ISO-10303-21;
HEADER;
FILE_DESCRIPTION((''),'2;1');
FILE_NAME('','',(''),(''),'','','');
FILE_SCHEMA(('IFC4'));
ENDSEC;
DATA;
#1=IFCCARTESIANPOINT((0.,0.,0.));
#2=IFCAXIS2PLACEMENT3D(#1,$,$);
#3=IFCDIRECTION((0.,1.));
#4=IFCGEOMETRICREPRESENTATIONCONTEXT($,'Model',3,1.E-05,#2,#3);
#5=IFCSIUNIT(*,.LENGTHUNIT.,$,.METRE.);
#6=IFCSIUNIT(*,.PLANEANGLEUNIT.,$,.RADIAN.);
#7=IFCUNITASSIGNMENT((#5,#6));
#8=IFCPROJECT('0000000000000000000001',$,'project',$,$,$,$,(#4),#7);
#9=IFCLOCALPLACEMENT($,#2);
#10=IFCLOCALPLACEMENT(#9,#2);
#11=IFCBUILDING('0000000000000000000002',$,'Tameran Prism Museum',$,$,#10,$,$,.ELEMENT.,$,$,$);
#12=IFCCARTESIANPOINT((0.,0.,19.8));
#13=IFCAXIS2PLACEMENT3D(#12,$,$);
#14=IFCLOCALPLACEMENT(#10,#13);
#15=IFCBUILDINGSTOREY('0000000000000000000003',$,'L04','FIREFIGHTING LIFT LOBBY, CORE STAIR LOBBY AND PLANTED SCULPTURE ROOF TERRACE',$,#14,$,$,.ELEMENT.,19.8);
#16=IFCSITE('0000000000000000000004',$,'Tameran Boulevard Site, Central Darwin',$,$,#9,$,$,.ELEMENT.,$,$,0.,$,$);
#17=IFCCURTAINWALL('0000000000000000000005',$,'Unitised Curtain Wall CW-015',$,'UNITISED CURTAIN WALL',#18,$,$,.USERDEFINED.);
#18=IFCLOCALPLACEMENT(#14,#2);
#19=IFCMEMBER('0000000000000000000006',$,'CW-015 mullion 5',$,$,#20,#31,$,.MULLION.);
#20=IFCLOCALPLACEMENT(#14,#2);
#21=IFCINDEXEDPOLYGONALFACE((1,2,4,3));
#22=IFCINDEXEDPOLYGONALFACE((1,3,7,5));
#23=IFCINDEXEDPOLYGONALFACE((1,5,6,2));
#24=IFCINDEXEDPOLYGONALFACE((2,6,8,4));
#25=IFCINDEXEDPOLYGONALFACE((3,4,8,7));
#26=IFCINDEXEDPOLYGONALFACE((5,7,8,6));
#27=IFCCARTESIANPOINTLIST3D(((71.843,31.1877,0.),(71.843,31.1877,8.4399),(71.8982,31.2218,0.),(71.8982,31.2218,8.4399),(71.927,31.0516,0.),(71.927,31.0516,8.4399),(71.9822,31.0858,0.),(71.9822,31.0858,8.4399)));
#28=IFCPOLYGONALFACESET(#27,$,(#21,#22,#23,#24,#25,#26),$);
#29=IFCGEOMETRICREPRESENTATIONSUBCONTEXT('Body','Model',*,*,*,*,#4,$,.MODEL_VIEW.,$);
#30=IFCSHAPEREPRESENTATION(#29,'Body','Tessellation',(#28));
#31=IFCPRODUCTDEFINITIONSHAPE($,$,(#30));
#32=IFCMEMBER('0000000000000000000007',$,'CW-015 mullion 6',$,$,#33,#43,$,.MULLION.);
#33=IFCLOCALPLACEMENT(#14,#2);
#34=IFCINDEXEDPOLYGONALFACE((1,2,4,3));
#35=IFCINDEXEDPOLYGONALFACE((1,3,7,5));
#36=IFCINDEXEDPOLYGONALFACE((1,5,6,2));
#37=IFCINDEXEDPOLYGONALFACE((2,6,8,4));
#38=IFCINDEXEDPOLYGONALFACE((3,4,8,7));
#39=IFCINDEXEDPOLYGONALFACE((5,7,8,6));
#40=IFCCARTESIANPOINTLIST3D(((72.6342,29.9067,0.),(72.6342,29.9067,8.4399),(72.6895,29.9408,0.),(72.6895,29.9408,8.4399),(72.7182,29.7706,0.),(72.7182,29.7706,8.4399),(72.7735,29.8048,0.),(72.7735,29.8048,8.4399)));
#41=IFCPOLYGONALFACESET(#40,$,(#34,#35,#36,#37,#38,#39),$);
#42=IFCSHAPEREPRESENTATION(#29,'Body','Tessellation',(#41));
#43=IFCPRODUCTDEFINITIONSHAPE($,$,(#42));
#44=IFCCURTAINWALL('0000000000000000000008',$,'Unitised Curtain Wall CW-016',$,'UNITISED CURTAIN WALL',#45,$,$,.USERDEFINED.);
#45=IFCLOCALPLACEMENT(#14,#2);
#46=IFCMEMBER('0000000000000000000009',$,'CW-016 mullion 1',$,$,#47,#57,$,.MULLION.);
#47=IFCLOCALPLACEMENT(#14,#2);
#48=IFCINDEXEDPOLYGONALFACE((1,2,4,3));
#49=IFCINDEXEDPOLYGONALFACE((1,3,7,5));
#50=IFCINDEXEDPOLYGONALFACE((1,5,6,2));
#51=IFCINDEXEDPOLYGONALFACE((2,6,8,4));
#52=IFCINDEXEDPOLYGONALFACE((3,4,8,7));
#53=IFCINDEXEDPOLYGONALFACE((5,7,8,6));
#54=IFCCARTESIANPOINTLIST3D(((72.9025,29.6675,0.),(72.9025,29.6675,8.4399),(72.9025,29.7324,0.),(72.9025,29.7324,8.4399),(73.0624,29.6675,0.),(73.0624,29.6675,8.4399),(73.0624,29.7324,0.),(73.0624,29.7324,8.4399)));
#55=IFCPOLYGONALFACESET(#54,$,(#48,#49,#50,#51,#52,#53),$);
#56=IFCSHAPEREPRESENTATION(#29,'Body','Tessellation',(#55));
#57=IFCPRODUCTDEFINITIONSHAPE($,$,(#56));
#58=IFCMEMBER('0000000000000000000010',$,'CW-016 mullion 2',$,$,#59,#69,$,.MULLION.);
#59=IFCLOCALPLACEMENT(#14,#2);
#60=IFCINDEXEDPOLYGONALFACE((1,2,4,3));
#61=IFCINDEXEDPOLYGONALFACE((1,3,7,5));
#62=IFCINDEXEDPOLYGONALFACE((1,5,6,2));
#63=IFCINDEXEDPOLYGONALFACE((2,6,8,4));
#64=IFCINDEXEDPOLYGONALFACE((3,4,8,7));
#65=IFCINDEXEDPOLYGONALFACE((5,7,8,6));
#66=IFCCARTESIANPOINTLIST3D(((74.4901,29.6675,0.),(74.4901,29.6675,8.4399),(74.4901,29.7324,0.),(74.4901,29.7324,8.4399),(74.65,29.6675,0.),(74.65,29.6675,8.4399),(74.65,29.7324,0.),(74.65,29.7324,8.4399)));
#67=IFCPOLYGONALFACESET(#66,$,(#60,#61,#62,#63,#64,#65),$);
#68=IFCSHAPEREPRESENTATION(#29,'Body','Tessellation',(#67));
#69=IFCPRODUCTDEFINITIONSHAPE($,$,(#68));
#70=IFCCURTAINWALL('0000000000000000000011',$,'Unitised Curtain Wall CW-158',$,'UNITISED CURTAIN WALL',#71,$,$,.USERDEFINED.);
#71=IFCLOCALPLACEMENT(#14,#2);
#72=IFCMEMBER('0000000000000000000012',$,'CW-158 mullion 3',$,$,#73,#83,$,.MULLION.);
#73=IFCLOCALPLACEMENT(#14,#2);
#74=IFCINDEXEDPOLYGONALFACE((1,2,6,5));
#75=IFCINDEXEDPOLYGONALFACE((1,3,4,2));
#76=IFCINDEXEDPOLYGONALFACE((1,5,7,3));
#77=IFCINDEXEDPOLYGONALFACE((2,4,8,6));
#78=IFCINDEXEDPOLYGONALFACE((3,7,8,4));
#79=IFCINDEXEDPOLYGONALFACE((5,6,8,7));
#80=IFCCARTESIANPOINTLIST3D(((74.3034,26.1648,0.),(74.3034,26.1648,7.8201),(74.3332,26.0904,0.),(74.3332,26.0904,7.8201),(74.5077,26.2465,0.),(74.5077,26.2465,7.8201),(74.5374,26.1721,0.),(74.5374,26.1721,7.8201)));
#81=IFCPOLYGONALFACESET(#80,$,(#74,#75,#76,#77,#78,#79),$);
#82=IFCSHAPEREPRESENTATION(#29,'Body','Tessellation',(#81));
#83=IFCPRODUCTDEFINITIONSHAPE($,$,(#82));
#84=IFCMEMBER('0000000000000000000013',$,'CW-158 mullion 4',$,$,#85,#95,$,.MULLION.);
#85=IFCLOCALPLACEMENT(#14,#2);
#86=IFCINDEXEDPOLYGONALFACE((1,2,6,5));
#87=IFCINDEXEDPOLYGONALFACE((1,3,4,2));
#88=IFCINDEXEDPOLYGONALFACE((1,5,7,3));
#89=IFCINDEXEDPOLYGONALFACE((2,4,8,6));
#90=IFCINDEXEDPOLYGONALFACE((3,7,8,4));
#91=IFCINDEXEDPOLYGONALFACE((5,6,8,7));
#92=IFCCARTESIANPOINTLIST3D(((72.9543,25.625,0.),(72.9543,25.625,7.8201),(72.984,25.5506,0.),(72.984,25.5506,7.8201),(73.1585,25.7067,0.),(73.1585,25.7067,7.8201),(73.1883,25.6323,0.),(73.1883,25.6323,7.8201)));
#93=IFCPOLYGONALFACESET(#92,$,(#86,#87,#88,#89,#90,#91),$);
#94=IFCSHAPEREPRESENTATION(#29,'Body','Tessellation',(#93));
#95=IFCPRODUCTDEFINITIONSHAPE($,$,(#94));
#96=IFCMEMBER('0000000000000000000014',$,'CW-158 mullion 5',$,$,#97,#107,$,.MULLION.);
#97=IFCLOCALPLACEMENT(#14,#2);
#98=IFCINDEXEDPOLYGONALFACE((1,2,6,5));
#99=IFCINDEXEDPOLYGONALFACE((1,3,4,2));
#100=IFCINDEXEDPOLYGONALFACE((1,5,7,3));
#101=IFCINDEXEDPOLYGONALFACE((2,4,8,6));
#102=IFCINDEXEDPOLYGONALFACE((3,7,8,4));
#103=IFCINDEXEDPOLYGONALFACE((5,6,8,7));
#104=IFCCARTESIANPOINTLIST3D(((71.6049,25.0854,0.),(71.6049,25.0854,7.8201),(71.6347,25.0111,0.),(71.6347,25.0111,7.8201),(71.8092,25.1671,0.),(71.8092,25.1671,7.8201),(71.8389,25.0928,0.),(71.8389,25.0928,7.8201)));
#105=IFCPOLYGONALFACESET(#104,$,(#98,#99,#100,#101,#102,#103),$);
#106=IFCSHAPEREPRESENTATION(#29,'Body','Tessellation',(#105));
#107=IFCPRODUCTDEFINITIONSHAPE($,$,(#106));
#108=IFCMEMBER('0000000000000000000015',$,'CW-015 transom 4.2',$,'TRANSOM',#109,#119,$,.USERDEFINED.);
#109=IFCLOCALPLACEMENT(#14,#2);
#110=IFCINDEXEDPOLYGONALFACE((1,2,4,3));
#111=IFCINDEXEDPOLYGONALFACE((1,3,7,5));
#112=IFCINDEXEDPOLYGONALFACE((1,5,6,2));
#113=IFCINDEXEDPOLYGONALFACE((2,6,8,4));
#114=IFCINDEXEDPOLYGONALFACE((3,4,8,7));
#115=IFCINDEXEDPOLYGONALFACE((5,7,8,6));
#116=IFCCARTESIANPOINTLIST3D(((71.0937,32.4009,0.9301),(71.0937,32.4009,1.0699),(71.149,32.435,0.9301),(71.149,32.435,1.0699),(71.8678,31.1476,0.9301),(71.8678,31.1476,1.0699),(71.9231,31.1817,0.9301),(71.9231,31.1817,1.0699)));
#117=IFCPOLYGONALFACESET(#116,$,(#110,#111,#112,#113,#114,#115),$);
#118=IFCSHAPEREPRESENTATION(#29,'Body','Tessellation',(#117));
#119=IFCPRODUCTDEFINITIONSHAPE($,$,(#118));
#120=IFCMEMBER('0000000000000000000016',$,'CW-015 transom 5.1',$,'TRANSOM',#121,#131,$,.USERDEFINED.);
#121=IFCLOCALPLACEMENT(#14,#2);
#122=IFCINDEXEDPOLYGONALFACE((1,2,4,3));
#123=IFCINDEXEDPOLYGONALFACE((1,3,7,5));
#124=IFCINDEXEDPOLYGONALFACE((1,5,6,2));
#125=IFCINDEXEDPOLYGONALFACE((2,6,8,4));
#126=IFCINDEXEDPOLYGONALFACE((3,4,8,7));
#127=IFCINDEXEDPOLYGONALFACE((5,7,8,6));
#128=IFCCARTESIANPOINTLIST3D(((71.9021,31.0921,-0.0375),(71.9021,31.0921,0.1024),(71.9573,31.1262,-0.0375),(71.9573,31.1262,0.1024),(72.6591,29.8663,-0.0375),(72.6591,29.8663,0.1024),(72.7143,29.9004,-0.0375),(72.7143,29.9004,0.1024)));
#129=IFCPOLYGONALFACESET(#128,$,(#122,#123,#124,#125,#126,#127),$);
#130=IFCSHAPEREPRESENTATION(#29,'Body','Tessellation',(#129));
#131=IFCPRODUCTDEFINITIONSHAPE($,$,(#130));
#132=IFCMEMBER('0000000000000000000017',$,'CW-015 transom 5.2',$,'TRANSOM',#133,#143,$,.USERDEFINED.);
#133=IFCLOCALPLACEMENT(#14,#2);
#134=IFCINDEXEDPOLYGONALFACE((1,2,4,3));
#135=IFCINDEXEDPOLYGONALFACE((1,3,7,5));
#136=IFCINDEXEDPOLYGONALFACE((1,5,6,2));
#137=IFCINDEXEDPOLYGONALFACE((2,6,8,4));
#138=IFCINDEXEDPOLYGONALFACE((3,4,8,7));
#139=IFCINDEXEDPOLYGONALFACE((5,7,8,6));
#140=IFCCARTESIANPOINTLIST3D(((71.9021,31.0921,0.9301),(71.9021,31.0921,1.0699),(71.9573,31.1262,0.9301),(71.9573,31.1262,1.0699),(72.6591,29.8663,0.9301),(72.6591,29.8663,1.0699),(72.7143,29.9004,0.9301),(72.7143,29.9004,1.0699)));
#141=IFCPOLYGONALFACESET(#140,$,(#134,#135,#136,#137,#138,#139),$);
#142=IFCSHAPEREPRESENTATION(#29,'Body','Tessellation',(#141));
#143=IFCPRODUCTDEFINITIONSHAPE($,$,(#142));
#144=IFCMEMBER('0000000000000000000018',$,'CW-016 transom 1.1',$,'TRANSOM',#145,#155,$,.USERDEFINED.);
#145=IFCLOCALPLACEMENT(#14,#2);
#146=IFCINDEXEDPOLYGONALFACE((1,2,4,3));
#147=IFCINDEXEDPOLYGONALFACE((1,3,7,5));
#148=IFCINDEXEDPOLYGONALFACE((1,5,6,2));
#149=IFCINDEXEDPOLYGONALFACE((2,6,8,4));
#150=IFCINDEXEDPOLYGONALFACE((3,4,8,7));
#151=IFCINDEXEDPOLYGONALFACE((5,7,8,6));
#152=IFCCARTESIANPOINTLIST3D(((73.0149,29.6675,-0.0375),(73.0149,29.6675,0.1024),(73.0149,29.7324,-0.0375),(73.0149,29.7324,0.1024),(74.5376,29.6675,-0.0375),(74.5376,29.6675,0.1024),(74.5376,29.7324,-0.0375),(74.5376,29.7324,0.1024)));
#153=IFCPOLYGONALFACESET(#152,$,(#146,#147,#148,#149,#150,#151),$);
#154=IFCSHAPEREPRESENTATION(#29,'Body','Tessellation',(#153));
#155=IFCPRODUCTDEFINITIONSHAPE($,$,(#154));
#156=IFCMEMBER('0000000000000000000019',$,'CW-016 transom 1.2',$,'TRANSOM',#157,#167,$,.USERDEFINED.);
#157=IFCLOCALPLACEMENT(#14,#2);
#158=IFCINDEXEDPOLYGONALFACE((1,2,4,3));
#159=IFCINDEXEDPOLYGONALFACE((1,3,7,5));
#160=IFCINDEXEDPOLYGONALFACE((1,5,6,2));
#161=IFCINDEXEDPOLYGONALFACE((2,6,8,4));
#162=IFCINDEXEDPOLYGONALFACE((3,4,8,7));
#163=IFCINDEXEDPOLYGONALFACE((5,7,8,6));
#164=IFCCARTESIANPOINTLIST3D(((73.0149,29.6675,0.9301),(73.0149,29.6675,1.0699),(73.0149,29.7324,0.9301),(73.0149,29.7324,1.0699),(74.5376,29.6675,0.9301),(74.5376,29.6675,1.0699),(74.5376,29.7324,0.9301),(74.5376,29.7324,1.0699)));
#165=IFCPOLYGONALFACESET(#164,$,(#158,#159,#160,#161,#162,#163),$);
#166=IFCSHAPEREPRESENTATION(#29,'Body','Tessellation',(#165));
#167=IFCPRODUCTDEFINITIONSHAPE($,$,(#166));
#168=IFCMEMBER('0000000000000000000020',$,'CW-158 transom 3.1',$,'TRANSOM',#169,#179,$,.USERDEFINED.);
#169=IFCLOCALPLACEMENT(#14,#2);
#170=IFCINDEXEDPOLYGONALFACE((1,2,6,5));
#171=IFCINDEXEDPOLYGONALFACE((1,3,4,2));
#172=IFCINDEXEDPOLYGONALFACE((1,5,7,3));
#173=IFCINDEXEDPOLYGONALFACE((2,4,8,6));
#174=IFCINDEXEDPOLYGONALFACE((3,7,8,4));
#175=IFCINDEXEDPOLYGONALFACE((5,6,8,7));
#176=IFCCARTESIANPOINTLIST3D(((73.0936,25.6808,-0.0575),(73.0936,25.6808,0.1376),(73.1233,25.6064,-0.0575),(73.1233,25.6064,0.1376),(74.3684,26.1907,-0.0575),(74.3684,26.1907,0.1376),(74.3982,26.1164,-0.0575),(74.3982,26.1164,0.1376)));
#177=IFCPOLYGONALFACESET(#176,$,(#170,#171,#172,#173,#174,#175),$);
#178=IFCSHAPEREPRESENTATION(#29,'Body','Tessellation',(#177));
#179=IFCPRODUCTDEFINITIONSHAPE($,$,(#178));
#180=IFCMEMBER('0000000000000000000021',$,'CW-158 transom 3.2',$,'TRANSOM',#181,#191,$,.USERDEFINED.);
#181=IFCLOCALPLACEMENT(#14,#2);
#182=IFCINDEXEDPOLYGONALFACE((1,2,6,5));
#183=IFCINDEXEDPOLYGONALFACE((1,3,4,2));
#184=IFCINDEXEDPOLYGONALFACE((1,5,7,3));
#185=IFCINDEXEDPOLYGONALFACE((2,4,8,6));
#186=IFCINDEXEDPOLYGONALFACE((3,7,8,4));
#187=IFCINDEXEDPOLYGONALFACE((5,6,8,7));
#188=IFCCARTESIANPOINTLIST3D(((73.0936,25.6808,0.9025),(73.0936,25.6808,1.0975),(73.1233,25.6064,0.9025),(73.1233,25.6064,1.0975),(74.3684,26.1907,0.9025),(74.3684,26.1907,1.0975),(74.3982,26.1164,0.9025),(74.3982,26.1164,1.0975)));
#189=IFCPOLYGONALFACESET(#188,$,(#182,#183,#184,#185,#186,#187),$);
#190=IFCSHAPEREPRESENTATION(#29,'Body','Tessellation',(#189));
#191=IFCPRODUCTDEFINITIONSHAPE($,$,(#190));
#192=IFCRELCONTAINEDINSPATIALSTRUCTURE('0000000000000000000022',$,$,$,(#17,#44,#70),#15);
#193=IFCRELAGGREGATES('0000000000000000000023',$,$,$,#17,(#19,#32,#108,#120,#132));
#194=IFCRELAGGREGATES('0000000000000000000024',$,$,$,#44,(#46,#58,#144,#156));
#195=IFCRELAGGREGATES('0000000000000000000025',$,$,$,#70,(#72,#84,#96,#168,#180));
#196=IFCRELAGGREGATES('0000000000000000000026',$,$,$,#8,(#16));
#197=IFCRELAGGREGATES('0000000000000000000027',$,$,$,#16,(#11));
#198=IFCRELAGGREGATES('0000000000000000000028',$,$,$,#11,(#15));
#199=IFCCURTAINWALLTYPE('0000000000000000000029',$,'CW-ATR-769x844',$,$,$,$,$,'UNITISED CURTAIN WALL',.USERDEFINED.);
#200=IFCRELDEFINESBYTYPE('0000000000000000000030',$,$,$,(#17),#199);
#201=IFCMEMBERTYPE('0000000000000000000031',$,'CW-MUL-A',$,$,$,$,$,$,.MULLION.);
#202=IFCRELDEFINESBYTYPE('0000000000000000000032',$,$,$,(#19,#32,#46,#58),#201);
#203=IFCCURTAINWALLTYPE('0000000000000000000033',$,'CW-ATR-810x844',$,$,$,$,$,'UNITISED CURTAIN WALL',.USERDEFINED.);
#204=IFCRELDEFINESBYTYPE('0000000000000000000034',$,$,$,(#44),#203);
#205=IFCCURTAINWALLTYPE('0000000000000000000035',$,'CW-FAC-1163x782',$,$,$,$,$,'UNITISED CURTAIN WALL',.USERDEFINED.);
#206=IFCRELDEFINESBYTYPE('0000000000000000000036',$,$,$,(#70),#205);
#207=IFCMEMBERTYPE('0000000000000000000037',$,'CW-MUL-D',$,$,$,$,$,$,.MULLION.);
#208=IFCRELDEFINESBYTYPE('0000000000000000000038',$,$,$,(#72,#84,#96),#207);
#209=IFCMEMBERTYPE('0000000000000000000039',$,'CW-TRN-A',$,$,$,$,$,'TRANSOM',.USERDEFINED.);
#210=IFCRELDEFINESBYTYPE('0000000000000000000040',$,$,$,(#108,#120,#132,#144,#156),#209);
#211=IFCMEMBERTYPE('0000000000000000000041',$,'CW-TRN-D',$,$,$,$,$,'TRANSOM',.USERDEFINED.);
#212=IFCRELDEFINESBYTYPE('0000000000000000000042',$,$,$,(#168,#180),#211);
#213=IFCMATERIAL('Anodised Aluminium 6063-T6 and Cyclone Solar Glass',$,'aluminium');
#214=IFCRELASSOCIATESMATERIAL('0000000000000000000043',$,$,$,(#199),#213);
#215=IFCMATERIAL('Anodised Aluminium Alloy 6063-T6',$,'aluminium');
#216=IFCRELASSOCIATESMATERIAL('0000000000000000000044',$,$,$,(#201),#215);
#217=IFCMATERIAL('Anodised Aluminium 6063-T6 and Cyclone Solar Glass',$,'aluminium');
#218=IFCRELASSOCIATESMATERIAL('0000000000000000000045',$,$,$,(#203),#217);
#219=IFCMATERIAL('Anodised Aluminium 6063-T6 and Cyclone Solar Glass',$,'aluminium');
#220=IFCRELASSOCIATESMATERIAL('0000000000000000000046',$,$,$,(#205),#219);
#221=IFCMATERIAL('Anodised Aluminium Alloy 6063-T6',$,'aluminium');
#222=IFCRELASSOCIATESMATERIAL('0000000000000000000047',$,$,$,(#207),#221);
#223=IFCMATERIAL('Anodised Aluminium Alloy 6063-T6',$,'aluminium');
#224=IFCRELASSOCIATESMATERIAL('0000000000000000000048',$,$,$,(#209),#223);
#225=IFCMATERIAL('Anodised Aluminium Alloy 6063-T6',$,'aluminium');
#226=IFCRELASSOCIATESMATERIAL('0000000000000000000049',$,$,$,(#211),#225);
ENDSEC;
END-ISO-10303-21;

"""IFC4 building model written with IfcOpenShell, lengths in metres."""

from ifc_helpers import new_model, si_unit, direction, frame, origin, origin_2d, place, context, subcontext, project, spatial, rectangle, extrude, material, material_profile, profile_set, type_object, element, aggregate, save


model = new_model("IFC4")

# Units and contexts
model_context = context("Model", 3, precision=1e-05, world=origin(), true_north=direction((0.0, 1.0)))
body_context = subcontext(model_context, "Body", "Model", "MODEL_VIEW")
ifc_project = project(units=[si_unit("LENGTHUNIT", "METRE"), si_unit("PLANEANGLEUNIT", "RADIAN")], contexts=[model_context])

# Site, building, storey
site_placement = place(None, origin())
site = spatial("IfcSite", under=ifc_project, at=site_placement, Name="Tameran Boulevard Site, Central Darwin", CompositionType="ELEMENT", RefElevation=0.0)
building_placement = place(site_placement, origin())
building = spatial("IfcBuilding", under=site, at=building_placement, Name="Tameran Prism Museum", CompositionType="ELEMENT")
storey_placement = place(building_placement, frame((0.0, 0.0, 19.8)))
storey = spatial("IfcBuildingStorey", under=building, at=storey_placement, Name="L04", Description="FIREFIGHTING LIFT LOBBY, CORE STAIR LOBBY AND PLANTED SCULPTURE ROOF TERRACE", CompositionType="ELEMENT", Elevation=19.8)

# Curtain walls, members
ifc_material_1 = material(Name="Anodised Aluminium 6063-T6 and Cyclone Solar Glass", Category="aluminium")
curtain_wall_type_1 = type_object("IfcCurtainWallType", Name="CW-ATR-769x844", ElementType="UNITISED CURTAIN WALL", PredefinedType="USERDEFINED", material=ifc_material_1)
curtain_wall_1_placement = place(storey_placement, origin())
curtain_wall_1 = element("IfcCurtainWall", 1, at=curtain_wall_1_placement, inside=storey, type_object=curtain_wall_type_1, Name="Unitised Curtain Wall CW-015", ObjectType="UNITISED CURTAIN WALL", PredefinedType="USERDEFINED")
ifc_material_2 = material(Name="Anodised Aluminium Alloy 6063-T6", Category="aluminium")
ifc_material_profile_1 = material_profile(ifc_material_2, rectangle(XDim=0.0649, YDim=0.1599, at=origin_2d()))
ifc_profile_set_1 = profile_set([ifc_material_profile_1])
member_type_1 = type_object("IfcMemberType", Name="CW-MUL-A", PredefinedType="MULLION", material=ifc_profile_set_1)
member_1_placement = place(storey_placement, frame((71.9126, 31.1367, 0.0), z_axis=(0.0, 0.0, 1.0), x_axis=(0.850791, 0.525504, 0.0)))
member_1 = element("IfcMember", 2, at=member_1_placement, type_object=member_type_1, Name="CW-015 mullion 5", PredefinedType="MULLION", context=body_context, shape_type="SweptSolid", body=[
    extrude(rectangle(XDim=0.0649, YDim=0.1599, at=origin_2d()), origin(), (0.0, 0.0, 1.0), 8.4399),
])
member_2_placement = place(storey_placement, frame((72.7039, 29.8557, 0.0), z_axis=(0.0, 0.0, 1.0), x_axis=(0.850791, 0.525504, 0.0)))
member_2 = element("IfcMember", 3, at=member_2_placement, type_object=member_type_1, Name="CW-015 mullion 6", PredefinedType="MULLION", context=body_context, shape_type="SweptSolid", body=[
    extrude(rectangle(XDim=0.0649, YDim=0.1599, at=origin_2d()), origin(), (0.0, 0.0, 1.0), 8.4399),
])
ifc_material_3 = material(Name="Anodised Aluminium 6063-T6 and Cyclone Solar Glass", Category="aluminium")
curtain_wall_type_2 = type_object("IfcCurtainWallType", Name="CW-ATR-810x844", ElementType="UNITISED CURTAIN WALL", PredefinedType="USERDEFINED", material=ifc_material_3)
curtain_wall_2_placement = place(storey_placement, origin())
curtain_wall_2 = element("IfcCurtainWall", 4, at=curtain_wall_2_placement, inside=storey, type_object=curtain_wall_type_2, Name="Unitised Curtain Wall CW-016", ObjectType="UNITISED CURTAIN WALL", PredefinedType="USERDEFINED")
member_3_placement = place(storey_placement, frame((72.9824, 29.7, 0.0), z_axis=(0.0, 0.0, 1.0), x_axis=(0.0, 1.0, 0.0)))
member_3 = element("IfcMember", 5, at=member_3_placement, type_object=member_type_1, Name="CW-016 mullion 1", PredefinedType="MULLION", context=body_context, shape_type="SweptSolid", body=[
    extrude(rectangle(XDim=0.0649, YDim=0.1599, at=origin_2d()), origin(), (0.0, 0.0, 1.0), 8.4399),
])
member_4_placement = place(storey_placement, frame((74.5701, 29.7, 0.0), z_axis=(0.0, 0.0, 1.0), x_axis=(0.0, 1.0, 0.0)))
member_4 = element("IfcMember", 6, at=member_4_placement, type_object=member_type_1, Name="CW-016 mullion 2", PredefinedType="MULLION", context=body_context, shape_type="SweptSolid", body=[
    extrude(rectangle(XDim=0.0649, YDim=0.1599, at=origin_2d()), origin(), (0.0, 0.0, 1.0), 8.4399),
])
ifc_material_4 = material(Name="Anodised Aluminium 6063-T6 and Cyclone Solar Glass", Category="aluminium")
curtain_wall_type_3 = type_object("IfcCurtainWallType", Name="CW-FAC-1163x782", ElementType="UNITISED CURTAIN WALL", PredefinedType="USERDEFINED", material=ifc_material_4)
curtain_wall_3_placement = place(storey_placement, origin())
curtain_wall_3 = element("IfcCurtainWall", 7, at=curtain_wall_3_placement, inside=storey, type_object=curtain_wall_type_3, Name="Unitised Curtain Wall CW-158", ObjectType="UNITISED CURTAIN WALL", PredefinedType="USERDEFINED")
ifc_material_5 = material(Name="Anodised Aluminium Alloy 6063-T6", Category="aluminium")
ifc_material_profile_2 = material_profile(ifc_material_5, rectangle(XDim=0.0801, YDim=0.22, at=origin_2d()))
ifc_profile_set_2 = profile_set([ifc_material_profile_2])
member_type_2 = type_object("IfcMemberType", Name="CW-MUL-D", PredefinedType="MULLION", material=ifc_profile_set_2)
member_5_placement = place(storey_placement, frame((74.4204, 26.1685, 0.0), z_axis=(0.0, 0.0, 1.0), x_axis=(0.37142, -0.928465, 0.0)))
member_5 = element("IfcMember", 8, at=member_5_placement, type_object=member_type_2, Name="CW-158 mullion 3", PredefinedType="MULLION", context=body_context, shape_type="SweptSolid", body=[
    extrude(rectangle(XDim=0.0801, YDim=0.22, at=origin_2d()), origin(), (0.0, 0.0, 1.0), 7.8201),
])
member_6_placement = place(storey_placement, frame((73.0713, 25.6287, 0.0), z_axis=(0.0, 0.0, 1.0), x_axis=(0.37142, -0.928465, 0.0)))
member_6 = element("IfcMember", 9, at=member_6_placement, type_object=member_type_2, Name="CW-158 mullion 4", PredefinedType="MULLION", context=body_context, shape_type="SweptSolid", body=[
    extrude(rectangle(XDim=0.0801, YDim=0.22, at=origin_2d()), origin(), (0.0, 0.0, 1.0), 7.8201),
])
member_7_placement = place(storey_placement, frame((71.7219, 25.0891, 0.0), z_axis=(0.0, 0.0, 1.0), x_axis=(0.37142, -0.928465, 0.0)))
member_7 = element("IfcMember", 10, at=member_7_placement, type_object=member_type_2, Name="CW-158 mullion 5", PredefinedType="MULLION", context=body_context, shape_type="SweptSolid", body=[
    extrude(rectangle(XDim=0.0801, YDim=0.22, at=origin_2d()), origin(), (0.0, 0.0, 1.0), 7.8201),
])

# Members
ifc_material_6 = material(Name="Anodised Aluminium Alloy 6063-T6", Category="aluminium")
ifc_material_profile_3 = material_profile(ifc_material_6, rectangle(XDim=0.0649, YDim=0.1399, at=origin_2d()))
ifc_profile_set_3 = profile_set([ifc_material_profile_3])
member_type_3 = type_object("IfcMemberType", Name="CW-TRN-A", ElementType="TRANSOM", PredefinedType="USERDEFINED", material=ifc_profile_set_3)
member_8_placement = place(storey_placement, frame((71.1213, 32.418, 1.0), z_axis=(0.525493, -0.850798, 0.0), x_axis=(0.850798, 0.525493, 0.0)))
member_8 = element("IfcMember", 11, at=member_8_placement, type_object=member_type_3, Name="CW-015 transom 4.2", ObjectType="TRANSOM", PredefinedType="USERDEFINED", context=body_context, shape_type="SweptSolid", body=[
    extrude(rectangle(XDim=0.0649, YDim=0.1399, at=origin_2d()), origin(), (0.0, 0.0, 1.0), 1.4731),
])
member_9_placement = place(storey_placement, frame((71.9297, 31.1091, 0.0325), z_axis=(0.525468, -0.850814, 0.0), x_axis=(0.850814, 0.525468, 0.0)))
member_9 = element("IfcMember", 12, at=member_9_placement, type_object=member_type_3, Name="CW-015 transom 5.1", ObjectType="TRANSOM", PredefinedType="USERDEFINED", context=body_context, shape_type="SweptSolid", body=[
    extrude(rectangle(XDim=0.0649, YDim=0.1399, at=origin_2d()), origin(), (0.0, 0.0, 1.0), 1.4407),
])
member_10_placement = place(storey_placement, frame((71.9297, 31.1091, 1.0), z_axis=(0.525468, -0.850814, 0.0), x_axis=(0.850814, 0.525468, 0.0)))
member_10 = element("IfcMember", 13, at=member_10_placement, type_object=member_type_3, Name="CW-015 transom 5.2", ObjectType="TRANSOM", PredefinedType="USERDEFINED", context=body_context, shape_type="SweptSolid", body=[
    extrude(rectangle(XDim=0.0649, YDim=0.1399, at=origin_2d()), origin(), (0.0, 0.0, 1.0), 1.4407),
])
member_11_placement = place(storey_placement, frame((73.0149, 29.7, 0.0325), z_axis=(1.0, 0.0, 0.0), x_axis=(0.0, 1.0, 0.0)))
member_11 = element("IfcMember", 14, at=member_11_placement, type_object=member_type_3, Name="CW-016 transom 1.1", ObjectType="TRANSOM", PredefinedType="USERDEFINED", context=body_context, shape_type="SweptSolid", body=[
    extrude(rectangle(XDim=0.0649, YDim=0.1399, at=origin_2d()), origin(), (0.0, 0.0, 1.0), 1.5227),
])
member_12_placement = place(storey_placement, frame((73.0149, 29.7, 1.0), z_axis=(1.0, 0.0, 0.0), x_axis=(0.0, 1.0, 0.0)))
member_12 = element("IfcMember", 15, at=member_12_placement, type_object=member_type_3, Name="CW-016 transom 1.2", ObjectType="TRANSOM", PredefinedType="USERDEFINED", context=body_context, shape_type="SweptSolid", body=[
    extrude(rectangle(XDim=0.0649, YDim=0.1399, at=origin_2d()), origin(), (0.0, 0.0, 1.0), 1.5227),
])
ifc_material_7 = material(Name="Anodised Aluminium Alloy 6063-T6", Category="aluminium")
ifc_material_profile_4 = material_profile(ifc_material_7, rectangle(XDim=0.0801, YDim=0.1951, at=origin_2d()))
ifc_profile_set_4 = profile_set([ifc_material_profile_4])
member_type_4 = type_object("IfcMemberType", Name="CW-TRN-D", ElementType="TRANSOM", PredefinedType="USERDEFINED", material=ifc_profile_set_4)
member_13_placement = place(storey_placement, frame((74.3833, 26.1536, 0.04), z_axis=(-0.928464, -0.371421, 0.0), x_axis=(0.371421, -0.928464, 0.0)))
member_13 = element("IfcMember", 16, at=member_13_placement, type_object=member_type_4, Name="CW-158 transom 3.1", ObjectType="TRANSOM", PredefinedType="USERDEFINED", context=body_context, shape_type="SweptSolid", body=[
    extrude(rectangle(XDim=0.0801, YDim=0.1951, at=origin_2d()), origin(), (0.0, 0.0, 1.0), 1.373),
])
member_14_placement = place(storey_placement, frame((74.3833, 26.1536, 1.0), z_axis=(-0.928464, -0.371421, 0.0), x_axis=(0.371421, -0.928464, 0.0)))
member_14 = element("IfcMember", 17, at=member_14_placement, type_object=member_type_4, Name="CW-158 transom 3.2", ObjectType="TRANSOM", PredefinedType="USERDEFINED", context=body_context, shape_type="SweptSolid", body=[
    extrude(rectangle(XDim=0.0801, YDim=0.1951, at=origin_2d()), origin(), (0.0, 0.0, 1.0), 1.373),
])

aggregate(curtain_wall_1, [member_1, member_2, member_8, member_9, member_10])
aggregate(curtain_wall_2, [member_3, member_4, member_11, member_12])
aggregate(curtain_wall_3, [member_5, member_6, member_7, member_13, member_14])

save(model, "model.ifc")
